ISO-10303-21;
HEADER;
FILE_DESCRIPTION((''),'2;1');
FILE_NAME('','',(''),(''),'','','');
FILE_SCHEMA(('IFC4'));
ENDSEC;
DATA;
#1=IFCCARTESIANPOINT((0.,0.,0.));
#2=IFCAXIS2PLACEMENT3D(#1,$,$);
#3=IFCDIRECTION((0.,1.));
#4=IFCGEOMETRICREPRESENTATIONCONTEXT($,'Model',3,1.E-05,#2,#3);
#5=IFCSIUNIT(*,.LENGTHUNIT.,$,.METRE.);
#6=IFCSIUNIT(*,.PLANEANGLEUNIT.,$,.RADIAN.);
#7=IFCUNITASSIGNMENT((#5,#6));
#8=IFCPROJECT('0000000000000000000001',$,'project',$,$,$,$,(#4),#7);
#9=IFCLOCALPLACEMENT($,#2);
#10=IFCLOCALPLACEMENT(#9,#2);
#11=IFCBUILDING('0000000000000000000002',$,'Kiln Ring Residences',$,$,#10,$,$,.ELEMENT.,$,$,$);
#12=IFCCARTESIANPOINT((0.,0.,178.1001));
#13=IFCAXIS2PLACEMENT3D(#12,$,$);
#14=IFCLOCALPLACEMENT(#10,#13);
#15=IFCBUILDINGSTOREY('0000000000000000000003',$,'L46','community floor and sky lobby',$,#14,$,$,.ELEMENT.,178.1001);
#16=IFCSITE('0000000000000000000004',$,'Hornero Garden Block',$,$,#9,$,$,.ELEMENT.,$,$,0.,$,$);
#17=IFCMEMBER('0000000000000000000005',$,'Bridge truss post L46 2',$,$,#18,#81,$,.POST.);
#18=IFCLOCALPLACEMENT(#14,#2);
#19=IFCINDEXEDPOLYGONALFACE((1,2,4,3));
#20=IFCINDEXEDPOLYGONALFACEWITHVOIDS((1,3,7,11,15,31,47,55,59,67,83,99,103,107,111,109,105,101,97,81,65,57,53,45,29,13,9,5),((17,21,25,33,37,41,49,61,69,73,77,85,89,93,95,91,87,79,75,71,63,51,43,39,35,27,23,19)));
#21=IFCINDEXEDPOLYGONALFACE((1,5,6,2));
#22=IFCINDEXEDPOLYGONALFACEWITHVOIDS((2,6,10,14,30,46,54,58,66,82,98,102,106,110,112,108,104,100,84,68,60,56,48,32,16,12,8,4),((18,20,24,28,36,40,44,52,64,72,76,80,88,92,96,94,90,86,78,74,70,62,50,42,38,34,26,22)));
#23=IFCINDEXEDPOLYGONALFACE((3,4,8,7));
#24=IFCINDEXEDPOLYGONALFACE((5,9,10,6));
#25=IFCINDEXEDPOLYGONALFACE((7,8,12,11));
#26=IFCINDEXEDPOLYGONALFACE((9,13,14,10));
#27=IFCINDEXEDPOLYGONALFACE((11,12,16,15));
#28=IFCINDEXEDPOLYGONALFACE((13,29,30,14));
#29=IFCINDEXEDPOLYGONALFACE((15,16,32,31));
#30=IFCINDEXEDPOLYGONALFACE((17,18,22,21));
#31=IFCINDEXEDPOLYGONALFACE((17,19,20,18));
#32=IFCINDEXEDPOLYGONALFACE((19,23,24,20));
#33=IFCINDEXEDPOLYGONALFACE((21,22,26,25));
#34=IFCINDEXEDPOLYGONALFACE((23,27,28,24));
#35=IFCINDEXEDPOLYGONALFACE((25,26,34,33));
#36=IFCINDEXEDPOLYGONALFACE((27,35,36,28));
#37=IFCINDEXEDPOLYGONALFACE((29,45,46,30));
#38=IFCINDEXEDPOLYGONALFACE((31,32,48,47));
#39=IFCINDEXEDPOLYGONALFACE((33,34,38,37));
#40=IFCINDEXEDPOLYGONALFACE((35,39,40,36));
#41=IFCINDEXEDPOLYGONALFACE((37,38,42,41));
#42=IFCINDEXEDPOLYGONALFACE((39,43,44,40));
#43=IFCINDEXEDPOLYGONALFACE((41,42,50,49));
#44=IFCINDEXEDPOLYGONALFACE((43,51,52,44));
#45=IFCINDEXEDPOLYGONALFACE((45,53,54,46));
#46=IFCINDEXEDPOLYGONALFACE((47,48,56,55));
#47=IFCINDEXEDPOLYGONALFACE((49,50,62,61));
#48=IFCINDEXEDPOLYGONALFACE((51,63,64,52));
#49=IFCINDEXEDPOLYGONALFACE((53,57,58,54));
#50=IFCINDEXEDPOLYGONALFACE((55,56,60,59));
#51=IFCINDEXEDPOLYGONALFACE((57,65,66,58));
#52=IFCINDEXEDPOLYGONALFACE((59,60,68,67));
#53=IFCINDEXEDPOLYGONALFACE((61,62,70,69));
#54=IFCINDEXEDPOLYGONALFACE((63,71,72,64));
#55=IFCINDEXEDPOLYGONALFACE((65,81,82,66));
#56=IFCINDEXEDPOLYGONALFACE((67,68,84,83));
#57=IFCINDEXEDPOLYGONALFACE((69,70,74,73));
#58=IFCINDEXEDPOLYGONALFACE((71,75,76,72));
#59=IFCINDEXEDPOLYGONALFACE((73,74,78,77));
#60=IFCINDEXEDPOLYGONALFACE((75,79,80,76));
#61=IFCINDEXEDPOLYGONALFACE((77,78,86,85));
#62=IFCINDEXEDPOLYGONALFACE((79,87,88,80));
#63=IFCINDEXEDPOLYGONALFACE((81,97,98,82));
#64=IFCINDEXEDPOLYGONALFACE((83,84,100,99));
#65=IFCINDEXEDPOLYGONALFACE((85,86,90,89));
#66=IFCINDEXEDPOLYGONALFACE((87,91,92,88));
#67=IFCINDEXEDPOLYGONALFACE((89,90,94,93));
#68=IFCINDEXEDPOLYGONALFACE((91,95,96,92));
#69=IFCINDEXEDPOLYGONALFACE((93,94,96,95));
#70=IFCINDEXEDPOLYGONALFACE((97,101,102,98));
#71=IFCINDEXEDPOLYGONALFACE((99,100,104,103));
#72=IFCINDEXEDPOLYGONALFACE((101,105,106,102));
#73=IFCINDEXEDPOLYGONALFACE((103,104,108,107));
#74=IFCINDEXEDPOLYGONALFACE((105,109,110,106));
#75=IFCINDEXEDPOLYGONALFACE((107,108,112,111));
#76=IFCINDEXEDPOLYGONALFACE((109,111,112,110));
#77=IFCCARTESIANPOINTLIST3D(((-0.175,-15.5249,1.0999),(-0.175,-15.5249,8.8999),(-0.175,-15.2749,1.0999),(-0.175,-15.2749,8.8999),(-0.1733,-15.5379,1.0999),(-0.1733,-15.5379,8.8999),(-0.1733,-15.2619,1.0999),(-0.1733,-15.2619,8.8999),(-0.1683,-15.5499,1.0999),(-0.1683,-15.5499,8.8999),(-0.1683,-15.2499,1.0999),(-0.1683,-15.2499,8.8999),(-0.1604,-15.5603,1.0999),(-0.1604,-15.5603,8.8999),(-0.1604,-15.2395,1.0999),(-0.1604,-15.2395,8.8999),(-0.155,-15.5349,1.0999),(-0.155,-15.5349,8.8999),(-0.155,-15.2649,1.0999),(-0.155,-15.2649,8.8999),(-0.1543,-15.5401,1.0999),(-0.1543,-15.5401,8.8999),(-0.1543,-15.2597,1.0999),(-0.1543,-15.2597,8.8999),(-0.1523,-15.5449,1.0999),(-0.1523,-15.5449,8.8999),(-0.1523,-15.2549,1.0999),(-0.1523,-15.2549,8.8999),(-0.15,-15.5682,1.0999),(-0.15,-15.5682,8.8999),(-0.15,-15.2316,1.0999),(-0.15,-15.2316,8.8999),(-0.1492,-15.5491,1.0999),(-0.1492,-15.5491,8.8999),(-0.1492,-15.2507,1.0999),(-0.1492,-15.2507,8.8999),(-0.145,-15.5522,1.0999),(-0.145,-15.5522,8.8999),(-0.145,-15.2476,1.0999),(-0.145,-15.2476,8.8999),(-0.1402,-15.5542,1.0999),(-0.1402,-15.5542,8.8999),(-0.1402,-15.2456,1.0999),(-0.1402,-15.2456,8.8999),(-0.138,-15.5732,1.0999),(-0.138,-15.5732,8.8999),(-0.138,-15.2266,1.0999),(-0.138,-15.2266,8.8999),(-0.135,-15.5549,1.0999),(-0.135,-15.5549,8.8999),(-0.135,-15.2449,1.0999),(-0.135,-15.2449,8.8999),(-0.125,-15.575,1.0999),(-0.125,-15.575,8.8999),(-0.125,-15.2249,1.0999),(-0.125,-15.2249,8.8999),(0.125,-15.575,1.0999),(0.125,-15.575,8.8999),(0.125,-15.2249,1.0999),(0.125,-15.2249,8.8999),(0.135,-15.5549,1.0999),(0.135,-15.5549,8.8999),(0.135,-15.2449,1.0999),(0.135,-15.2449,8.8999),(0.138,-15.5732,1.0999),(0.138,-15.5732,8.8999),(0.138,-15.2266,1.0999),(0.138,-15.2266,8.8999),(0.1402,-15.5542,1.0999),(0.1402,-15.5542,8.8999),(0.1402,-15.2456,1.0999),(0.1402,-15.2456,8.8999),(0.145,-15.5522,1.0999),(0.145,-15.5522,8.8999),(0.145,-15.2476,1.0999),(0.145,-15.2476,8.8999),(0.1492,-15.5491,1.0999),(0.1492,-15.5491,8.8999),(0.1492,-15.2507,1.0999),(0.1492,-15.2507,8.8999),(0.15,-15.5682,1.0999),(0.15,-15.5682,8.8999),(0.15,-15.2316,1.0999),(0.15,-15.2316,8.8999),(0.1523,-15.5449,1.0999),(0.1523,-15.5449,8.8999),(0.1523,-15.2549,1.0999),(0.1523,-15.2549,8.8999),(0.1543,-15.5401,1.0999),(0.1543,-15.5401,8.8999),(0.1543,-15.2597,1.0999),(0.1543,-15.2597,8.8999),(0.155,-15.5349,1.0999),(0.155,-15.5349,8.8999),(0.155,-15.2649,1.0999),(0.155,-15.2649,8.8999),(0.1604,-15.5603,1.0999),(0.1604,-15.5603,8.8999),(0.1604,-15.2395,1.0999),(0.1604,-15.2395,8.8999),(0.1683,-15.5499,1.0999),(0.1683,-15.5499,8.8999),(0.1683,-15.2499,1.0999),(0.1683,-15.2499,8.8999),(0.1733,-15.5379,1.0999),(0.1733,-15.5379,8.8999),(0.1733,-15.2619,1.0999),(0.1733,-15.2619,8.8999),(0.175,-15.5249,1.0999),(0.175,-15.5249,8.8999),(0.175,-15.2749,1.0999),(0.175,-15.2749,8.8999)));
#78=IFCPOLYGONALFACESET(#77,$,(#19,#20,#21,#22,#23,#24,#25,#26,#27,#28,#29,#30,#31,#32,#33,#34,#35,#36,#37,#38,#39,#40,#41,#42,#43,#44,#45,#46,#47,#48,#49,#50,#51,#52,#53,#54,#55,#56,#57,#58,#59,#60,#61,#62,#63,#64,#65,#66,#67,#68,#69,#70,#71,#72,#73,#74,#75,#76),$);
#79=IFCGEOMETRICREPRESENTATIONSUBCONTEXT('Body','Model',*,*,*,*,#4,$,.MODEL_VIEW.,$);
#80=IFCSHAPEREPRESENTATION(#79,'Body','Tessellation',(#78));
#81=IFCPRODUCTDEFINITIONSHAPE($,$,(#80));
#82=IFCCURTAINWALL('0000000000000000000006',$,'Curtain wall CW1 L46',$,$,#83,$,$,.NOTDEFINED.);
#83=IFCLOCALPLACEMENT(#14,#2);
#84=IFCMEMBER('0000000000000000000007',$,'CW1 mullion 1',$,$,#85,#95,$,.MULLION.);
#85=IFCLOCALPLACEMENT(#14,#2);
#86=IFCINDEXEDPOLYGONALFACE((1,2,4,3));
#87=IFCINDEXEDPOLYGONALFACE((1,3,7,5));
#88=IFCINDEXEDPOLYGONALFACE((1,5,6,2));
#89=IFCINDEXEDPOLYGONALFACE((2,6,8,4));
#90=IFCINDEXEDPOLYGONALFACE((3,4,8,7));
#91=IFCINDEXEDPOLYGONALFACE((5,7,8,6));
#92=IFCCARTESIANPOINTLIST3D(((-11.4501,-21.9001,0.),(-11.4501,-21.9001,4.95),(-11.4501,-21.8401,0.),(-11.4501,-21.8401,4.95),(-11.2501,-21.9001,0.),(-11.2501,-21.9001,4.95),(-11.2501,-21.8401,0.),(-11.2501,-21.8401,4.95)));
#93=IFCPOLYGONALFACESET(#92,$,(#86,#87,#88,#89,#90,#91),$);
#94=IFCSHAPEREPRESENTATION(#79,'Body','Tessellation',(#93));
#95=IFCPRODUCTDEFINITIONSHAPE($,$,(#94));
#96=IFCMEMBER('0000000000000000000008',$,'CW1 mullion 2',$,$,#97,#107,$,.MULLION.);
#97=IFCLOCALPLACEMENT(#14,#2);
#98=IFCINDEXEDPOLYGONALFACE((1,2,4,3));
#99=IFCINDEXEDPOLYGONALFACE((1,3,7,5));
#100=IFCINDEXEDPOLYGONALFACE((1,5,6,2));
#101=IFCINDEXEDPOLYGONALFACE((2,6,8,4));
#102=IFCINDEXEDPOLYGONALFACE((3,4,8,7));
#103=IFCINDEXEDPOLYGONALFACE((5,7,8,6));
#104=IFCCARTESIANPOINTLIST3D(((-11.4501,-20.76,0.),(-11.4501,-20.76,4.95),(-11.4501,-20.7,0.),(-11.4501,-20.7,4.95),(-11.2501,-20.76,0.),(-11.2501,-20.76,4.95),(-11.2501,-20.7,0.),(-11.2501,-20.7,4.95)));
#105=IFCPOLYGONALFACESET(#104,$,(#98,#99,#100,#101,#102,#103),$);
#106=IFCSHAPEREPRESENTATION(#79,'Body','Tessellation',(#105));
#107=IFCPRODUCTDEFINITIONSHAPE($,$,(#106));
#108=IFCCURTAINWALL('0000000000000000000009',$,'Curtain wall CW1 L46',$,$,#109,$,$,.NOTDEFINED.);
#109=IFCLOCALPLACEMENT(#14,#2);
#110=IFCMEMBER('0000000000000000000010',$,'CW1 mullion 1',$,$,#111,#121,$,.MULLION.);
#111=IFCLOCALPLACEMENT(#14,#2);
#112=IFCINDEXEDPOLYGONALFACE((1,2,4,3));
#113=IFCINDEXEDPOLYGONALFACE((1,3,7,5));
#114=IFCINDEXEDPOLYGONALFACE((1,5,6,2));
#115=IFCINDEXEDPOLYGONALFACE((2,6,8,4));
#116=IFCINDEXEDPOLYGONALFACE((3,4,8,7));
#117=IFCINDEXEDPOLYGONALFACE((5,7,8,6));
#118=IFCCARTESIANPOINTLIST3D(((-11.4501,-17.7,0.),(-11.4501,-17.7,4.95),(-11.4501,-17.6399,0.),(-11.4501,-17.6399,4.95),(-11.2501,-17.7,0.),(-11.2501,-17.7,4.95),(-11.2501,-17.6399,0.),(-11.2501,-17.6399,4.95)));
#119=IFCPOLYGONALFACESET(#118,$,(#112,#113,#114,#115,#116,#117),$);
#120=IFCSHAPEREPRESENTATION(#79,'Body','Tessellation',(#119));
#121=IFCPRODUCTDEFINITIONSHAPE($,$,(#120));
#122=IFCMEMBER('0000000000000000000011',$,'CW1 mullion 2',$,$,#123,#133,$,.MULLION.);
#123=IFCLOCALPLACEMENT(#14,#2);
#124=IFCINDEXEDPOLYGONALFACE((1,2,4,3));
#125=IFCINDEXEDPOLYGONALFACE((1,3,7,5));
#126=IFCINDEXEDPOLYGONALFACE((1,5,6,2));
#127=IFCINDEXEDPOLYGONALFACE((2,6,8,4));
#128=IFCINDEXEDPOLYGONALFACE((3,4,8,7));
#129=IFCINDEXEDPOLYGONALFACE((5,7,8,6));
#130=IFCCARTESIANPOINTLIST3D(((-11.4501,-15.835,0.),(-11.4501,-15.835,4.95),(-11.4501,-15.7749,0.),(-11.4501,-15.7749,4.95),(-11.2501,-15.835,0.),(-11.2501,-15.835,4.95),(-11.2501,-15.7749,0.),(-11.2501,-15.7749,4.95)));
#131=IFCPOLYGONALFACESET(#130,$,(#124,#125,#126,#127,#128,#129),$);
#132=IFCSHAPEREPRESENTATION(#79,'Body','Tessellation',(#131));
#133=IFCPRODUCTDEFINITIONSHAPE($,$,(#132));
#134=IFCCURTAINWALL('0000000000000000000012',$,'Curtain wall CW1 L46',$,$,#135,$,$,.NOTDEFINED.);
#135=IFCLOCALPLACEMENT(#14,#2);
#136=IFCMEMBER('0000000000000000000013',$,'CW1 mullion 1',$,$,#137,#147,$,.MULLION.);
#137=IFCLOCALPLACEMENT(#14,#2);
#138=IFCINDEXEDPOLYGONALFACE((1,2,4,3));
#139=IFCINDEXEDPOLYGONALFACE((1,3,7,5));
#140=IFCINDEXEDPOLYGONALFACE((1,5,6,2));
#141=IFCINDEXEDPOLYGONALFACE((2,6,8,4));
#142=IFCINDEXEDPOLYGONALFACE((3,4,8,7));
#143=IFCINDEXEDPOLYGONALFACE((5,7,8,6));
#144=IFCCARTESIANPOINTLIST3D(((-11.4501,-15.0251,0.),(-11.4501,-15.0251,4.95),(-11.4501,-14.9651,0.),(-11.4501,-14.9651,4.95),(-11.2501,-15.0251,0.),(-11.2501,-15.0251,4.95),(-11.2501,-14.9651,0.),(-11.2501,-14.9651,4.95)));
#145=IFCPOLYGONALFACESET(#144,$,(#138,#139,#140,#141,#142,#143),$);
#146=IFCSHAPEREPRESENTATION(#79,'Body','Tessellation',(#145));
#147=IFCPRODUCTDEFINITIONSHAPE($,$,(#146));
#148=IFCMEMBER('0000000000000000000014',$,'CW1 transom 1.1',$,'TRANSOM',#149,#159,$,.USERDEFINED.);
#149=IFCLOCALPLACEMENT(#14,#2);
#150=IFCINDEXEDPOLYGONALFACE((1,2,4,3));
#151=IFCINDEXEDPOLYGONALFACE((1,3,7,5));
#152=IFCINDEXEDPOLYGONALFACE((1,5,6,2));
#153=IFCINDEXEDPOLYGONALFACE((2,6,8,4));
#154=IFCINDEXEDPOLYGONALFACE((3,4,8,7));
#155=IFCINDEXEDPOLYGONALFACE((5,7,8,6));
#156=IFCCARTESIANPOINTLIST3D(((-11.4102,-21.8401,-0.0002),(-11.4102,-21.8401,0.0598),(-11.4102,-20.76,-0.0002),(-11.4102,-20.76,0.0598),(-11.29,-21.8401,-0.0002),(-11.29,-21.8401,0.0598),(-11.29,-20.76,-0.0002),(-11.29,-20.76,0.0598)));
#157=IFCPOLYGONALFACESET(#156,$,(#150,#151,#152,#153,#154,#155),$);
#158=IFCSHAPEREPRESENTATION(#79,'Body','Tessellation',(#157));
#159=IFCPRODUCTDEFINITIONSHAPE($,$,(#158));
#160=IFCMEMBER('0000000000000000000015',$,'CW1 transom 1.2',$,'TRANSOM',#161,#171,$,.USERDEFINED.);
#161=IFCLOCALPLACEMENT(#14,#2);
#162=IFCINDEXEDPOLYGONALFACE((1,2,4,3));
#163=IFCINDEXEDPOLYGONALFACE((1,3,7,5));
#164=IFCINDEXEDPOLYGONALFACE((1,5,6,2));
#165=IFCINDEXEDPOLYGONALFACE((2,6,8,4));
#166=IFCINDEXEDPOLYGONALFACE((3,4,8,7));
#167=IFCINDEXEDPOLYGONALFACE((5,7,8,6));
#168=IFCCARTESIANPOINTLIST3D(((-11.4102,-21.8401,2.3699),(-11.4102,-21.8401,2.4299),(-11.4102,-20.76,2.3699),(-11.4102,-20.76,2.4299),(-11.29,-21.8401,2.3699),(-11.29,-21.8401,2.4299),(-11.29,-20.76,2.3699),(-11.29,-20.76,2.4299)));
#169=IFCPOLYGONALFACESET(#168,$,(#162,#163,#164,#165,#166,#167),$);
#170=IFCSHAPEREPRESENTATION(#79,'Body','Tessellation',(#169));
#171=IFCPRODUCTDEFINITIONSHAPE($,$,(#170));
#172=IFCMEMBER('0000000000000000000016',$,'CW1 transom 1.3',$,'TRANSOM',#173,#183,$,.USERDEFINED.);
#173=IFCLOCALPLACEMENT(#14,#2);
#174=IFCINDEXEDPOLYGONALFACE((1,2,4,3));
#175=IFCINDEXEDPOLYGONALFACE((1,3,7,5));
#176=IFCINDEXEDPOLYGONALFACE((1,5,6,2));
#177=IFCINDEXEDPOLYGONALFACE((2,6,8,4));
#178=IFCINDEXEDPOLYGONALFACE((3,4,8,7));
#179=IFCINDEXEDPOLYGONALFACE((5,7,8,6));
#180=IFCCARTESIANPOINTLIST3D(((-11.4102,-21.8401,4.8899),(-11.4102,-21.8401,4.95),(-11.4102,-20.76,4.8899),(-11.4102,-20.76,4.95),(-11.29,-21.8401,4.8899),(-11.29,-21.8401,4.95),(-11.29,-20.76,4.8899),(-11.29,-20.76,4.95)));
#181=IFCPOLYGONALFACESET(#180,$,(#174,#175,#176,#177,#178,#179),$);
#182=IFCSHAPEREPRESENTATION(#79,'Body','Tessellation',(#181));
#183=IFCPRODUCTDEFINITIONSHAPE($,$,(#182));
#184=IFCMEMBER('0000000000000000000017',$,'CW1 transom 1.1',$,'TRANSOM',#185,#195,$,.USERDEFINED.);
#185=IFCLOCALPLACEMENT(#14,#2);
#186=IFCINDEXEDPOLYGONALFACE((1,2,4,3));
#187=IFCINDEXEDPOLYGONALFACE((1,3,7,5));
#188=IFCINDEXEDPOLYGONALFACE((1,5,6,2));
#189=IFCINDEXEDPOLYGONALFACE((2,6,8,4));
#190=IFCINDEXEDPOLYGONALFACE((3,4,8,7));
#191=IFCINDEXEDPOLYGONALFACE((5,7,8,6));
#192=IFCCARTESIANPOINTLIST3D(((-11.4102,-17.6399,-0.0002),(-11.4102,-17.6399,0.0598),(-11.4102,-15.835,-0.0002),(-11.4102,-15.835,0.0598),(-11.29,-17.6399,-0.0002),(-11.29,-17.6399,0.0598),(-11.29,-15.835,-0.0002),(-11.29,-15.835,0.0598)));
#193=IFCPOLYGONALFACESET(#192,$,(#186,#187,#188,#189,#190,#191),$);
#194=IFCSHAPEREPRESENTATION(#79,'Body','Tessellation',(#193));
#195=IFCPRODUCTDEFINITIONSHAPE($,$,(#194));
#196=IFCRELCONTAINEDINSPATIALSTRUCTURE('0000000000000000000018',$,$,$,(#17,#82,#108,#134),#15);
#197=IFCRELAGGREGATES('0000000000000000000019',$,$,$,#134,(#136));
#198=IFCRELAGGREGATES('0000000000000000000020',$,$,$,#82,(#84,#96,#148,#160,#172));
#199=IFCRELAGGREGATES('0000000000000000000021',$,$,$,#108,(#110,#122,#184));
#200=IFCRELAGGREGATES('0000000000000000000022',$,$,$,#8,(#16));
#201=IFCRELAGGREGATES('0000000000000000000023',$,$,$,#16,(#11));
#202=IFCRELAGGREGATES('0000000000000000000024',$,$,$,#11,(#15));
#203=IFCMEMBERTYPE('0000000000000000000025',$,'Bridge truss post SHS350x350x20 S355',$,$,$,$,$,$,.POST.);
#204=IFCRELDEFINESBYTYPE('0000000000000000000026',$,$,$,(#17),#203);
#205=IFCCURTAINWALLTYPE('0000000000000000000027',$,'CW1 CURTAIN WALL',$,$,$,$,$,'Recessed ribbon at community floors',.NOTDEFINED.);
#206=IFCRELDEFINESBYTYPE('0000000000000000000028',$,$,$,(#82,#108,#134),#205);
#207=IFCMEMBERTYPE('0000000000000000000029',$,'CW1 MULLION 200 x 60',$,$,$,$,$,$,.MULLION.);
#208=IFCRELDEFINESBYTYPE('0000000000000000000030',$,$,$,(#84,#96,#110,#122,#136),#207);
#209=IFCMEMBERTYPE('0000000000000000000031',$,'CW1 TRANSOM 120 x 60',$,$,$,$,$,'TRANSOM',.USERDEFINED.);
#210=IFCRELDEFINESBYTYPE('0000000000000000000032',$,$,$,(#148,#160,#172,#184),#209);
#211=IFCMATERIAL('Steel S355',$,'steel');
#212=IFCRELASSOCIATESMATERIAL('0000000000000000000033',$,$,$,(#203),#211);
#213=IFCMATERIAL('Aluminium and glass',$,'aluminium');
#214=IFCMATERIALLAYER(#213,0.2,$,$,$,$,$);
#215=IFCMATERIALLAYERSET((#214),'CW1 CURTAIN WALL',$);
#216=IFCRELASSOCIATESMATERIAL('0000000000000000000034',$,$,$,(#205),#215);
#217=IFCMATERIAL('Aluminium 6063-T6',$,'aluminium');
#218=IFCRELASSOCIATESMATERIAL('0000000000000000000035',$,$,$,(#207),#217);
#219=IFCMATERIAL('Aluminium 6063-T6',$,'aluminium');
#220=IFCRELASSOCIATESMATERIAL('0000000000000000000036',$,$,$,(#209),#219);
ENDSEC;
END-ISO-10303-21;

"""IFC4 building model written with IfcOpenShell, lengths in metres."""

from ifc_helpers import new_model, si_unit, direction, frame, origin, origin_2d, place, context, subcontext, project, spatial, rectangle, hollow_rectangle, extrude, material, layer, layer_set, material_profile, profile_set, type_object, element, aggregate, save


model = new_model("IFC4")

# Units and contexts
model_context = context("Model", 3, precision=1e-05, world=origin(), true_north=direction((0.0, 1.0)))
body_context = subcontext(model_context, "Body", "Model", "MODEL_VIEW")
ifc_project = project(units=[si_unit("LENGTHUNIT", "METRE"), si_unit("PLANEANGLEUNIT", "RADIAN")], contexts=[model_context])

# Site, building, storey
site_placement = place(None, origin())
site = spatial("IfcSite", under=ifc_project, at=site_placement, Name="Hornero Garden Block", CompositionType="ELEMENT", RefElevation=0.0)
building_placement = place(site_placement, origin())
building = spatial("IfcBuilding", under=site, at=building_placement, Name="Kiln Ring Residences", CompositionType="ELEMENT")
storey_placement = place(building_placement, frame((0.0, 0.0, 178.1001)))
storey = spatial("IfcBuildingStorey", under=building, at=storey_placement, Name="L46", Description="community floor and sky lobby", CompositionType="ELEMENT", Elevation=178.1001)

# Member
ifc_material_1 = material(Name="Steel S355", Category="steel")
ifc_material_profile_1 = material_profile(ifc_material_1, hollow_rectangle(XDim=0.3501, YDim=0.3501, WallThickness=0.02, InnerFilletRadius=0.02, OuterFilletRadius=0.05, at=origin_2d()), Name="SHS350x350x20")
ifc_profile_set_1 = profile_set([ifc_material_profile_1], Name="Steel S355")
member_type_1 = type_object("IfcMemberType", Name="Bridge truss post SHS350x350x20 S355", PredefinedType="POST", material=ifc_profile_set_1)
for number, where, z_axis, x_axis, name in (
    (1, (0.0, -15.3999, 1.0999), (0.0, 0.0, 1.0), (1.0, 0.0, 0.0), "Bridge truss post L46 2"),
):
    element("IfcMember", number, at=place(storey_placement, frame(where, z_axis=z_axis, x_axis=x_axis)), inside=storey, type_object=member_type_1, Name=name, PredefinedType="POST", context=body_context, shape_type="SweptSolid", body=[
        extrude(hollow_rectangle(XDim=0.3501, YDim=0.3501, WallThickness=0.02, InnerFilletRadius=0.02, OuterFilletRadius=0.05, at=origin_2d()), origin(), (0.0, 0.0, 1.0), 7.8),
    ])

# Curtain walls, members
ifc_material_2 = material(Name="Aluminium and glass", Category="aluminium")
ifc_layer_1 = layer(ifc_material_2, 0.2)
ifc_layer_set_1 = layer_set([ifc_layer_1], Name="CW1 CURTAIN WALL")
curtain_wall_type = type_object("IfcCurtainWallType", Name="CW1 CURTAIN WALL", ElementType="Recessed ribbon at community floors", PredefinedType="NOTDEFINED", material=ifc_layer_set_1)
placement = place(storey_placement, origin())
curtain_wall_1 = element("IfcCurtainWall", 2, at=placement, inside=storey, type_object=curtain_wall_type, Name="Curtain wall CW1 L46", PredefinedType="NOTDEFINED")
ifc_material_3 = material(Name="Aluminium 6063-T6", Category="aluminium")
ifc_material_profile_2 = material_profile(ifc_material_3, rectangle(XDim=0.2, YDim=0.0601, at=origin_2d()), Name="AL 200x60")
ifc_profile_set_2 = profile_set([ifc_material_profile_2], Name="Aluminium 6063-T6")
member_type_2 = type_object("IfcMemberType", Name="CW1 MULLION 200 x 60", PredefinedType="MULLION", material=ifc_profile_set_2)
member_1_placement = place(storey_placement, frame((-11.3501, -21.8701, 0.0), z_axis=(0.0, 0.0, 1.0), x_axis=(-1.0, 0.0, 0.0)))
member_1 = element("IfcMember", 3, at=member_1_placement, type_object=member_type_2, Name="CW1 mullion 1", PredefinedType="MULLION", context=body_context, shape_type="SweptSolid", body=[
    extrude(rectangle(XDim=0.2, YDim=0.0601, at=origin_2d()), origin(), (0.0, 0.0, 1.0), 4.95),
])
member_2_placement = place(storey_placement, frame((-11.3501, -20.73, 0.0), z_axis=(0.0, 0.0, 1.0), x_axis=(-1.0, 0.0, 0.0)))
member_2 = element("IfcMember", 4, at=member_2_placement, type_object=member_type_2, Name="CW1 mullion 2", PredefinedType="MULLION", context=body_context, shape_type="SweptSolid", body=[
    extrude(rectangle(XDim=0.2, YDim=0.0601, at=origin_2d()), origin(), (0.0, 0.0, 1.0), 4.95),
])
curtain_wall_2 = element("IfcCurtainWall", 5, at=placement, inside=storey, type_object=curtain_wall_type, Name="Curtain wall CW1 L46", PredefinedType="NOTDEFINED")
member_3_placement = place(storey_placement, frame((-11.3501, -17.6699, 0.0), z_axis=(0.0, 0.0, 1.0), x_axis=(-1.0, 0.0, 0.0)))
member_3 = element("IfcMember", 6, at=member_3_placement, type_object=member_type_2, Name="CW1 mullion 1", PredefinedType="MULLION", context=body_context, shape_type="SweptSolid", body=[
    extrude(rectangle(XDim=0.2, YDim=0.0601, at=origin_2d()), origin(), (0.0, 0.0, 1.0), 4.95),
])
member_4_placement = place(storey_placement, frame((-11.3501, -15.8049, 0.0), z_axis=(0.0, 0.0, 1.0), x_axis=(-1.0, 0.0, 0.0)))
member_4 = element("IfcMember", 7, at=member_4_placement, type_object=member_type_2, Name="CW1 mullion 2", PredefinedType="MULLION", context=body_context, shape_type="SweptSolid", body=[
    extrude(rectangle(XDim=0.2, YDim=0.0601, at=origin_2d()), origin(), (0.0, 0.0, 1.0), 4.95),
])

# Curtain wall, member
curtain_wall_3 = element("IfcCurtainWall", 8, at=placement, inside=storey, type_object=curtain_wall_type, Name="Curtain wall CW1 L46", PredefinedType="NOTDEFINED")
member_5_placement = place(storey_placement, frame((-11.3501, -14.9951, 0.0), z_axis=(0.0, 0.0, 1.0), x_axis=(-1.0, 0.0, 0.0)))
member_5 = element("IfcMember", 9, at=member_5_placement, type_object=member_type_2, Name="CW1 mullion 1", PredefinedType="MULLION", context=body_context, shape_type="SweptSolid", body=[
    extrude(rectangle(XDim=0.2, YDim=0.0601, at=origin_2d()), origin(), (0.0, 0.0, 1.0), 4.95),
])

# Members
ifc_material_4 = material(Name="Aluminium 6063-T6", Category="aluminium")
ifc_material_profile_3 = material_profile(ifc_material_4, rectangle(XDim=0.1201, YDim=0.0601, at=origin_2d()), Name="AL 120x60")
ifc_profile_set_3 = profile_set([ifc_material_profile_3], Name="Aluminium 6063-T6")
member_type_3 = type_object("IfcMemberType", Name="CW1 TRANSOM 120 x 60", ElementType="TRANSOM", PredefinedType="USERDEFINED", material=ifc_profile_set_3)
member_6_placement = place(storey_placement, frame((-11.3501, -21.8401, 0.0298), z_axis=(0.0, 1.0, 0.0), x_axis=(-1.0, 0.0, 0.0)))
member_6 = element("IfcMember", 10, at=member_6_placement, type_object=member_type_3, Name="CW1 transom 1.1", ObjectType="TRANSOM", PredefinedType="USERDEFINED", context=body_context, shape_type="SweptSolid", body=[
    extrude(rectangle(XDim=0.1201, YDim=0.0601, at=origin_2d()), origin(), (0.0, 0.0, 1.0), 1.0801),
])
member_7_placement = place(storey_placement, frame((-11.3501, -21.8401, 2.3999), z_axis=(0.0, 1.0, 0.0), x_axis=(-1.0, 0.0, 0.0)))
member_7 = element("IfcMember", 11, at=member_7_placement, type_object=member_type_3, Name="CW1 transom 1.2", ObjectType="TRANSOM", PredefinedType="USERDEFINED", context=body_context, shape_type="SweptSolid", body=[
    extrude(rectangle(XDim=0.1201, YDim=0.0601, at=origin_2d()), origin(), (0.0, 0.0, 1.0), 1.0801),
])
member_8_placement = place(storey_placement, frame((-11.3501, -21.8401, 4.9199), z_axis=(0.0, 1.0, 0.0), x_axis=(-1.0, 0.0, 0.0)))
member_8 = element("IfcMember", 12, at=member_8_placement, type_object=member_type_3, Name="CW1 transom 1.3", ObjectType="TRANSOM", PredefinedType="USERDEFINED", context=body_context, shape_type="SweptSolid", body=[
    extrude(rectangle(XDim=0.1201, YDim=0.0601, at=origin_2d()), origin(), (0.0, 0.0, 1.0), 1.0801),
])
member_9_placement = place(storey_placement, frame((-11.3501, -17.6399, 0.0298), z_axis=(0.0, 1.0, 0.0), x_axis=(-1.0, 0.0, 0.0)))
member_9 = element("IfcMember", 13, at=member_9_placement, type_object=member_type_3, Name="CW1 transom 1.1", ObjectType="TRANSOM", PredefinedType="USERDEFINED", context=body_context, shape_type="SweptSolid", body=[
    extrude(rectangle(XDim=0.1201, YDim=0.0601, at=origin_2d()), origin(), (0.0, 0.0, 1.0), 1.8049),
])
aggregate(curtain_wall_3, [member_5])

aggregate(curtain_wall_1, [member_1, member_2, member_6, member_7, member_8])
aggregate(curtain_wall_2, [member_3, member_4, member_9])

save(model, "model.ifc")
